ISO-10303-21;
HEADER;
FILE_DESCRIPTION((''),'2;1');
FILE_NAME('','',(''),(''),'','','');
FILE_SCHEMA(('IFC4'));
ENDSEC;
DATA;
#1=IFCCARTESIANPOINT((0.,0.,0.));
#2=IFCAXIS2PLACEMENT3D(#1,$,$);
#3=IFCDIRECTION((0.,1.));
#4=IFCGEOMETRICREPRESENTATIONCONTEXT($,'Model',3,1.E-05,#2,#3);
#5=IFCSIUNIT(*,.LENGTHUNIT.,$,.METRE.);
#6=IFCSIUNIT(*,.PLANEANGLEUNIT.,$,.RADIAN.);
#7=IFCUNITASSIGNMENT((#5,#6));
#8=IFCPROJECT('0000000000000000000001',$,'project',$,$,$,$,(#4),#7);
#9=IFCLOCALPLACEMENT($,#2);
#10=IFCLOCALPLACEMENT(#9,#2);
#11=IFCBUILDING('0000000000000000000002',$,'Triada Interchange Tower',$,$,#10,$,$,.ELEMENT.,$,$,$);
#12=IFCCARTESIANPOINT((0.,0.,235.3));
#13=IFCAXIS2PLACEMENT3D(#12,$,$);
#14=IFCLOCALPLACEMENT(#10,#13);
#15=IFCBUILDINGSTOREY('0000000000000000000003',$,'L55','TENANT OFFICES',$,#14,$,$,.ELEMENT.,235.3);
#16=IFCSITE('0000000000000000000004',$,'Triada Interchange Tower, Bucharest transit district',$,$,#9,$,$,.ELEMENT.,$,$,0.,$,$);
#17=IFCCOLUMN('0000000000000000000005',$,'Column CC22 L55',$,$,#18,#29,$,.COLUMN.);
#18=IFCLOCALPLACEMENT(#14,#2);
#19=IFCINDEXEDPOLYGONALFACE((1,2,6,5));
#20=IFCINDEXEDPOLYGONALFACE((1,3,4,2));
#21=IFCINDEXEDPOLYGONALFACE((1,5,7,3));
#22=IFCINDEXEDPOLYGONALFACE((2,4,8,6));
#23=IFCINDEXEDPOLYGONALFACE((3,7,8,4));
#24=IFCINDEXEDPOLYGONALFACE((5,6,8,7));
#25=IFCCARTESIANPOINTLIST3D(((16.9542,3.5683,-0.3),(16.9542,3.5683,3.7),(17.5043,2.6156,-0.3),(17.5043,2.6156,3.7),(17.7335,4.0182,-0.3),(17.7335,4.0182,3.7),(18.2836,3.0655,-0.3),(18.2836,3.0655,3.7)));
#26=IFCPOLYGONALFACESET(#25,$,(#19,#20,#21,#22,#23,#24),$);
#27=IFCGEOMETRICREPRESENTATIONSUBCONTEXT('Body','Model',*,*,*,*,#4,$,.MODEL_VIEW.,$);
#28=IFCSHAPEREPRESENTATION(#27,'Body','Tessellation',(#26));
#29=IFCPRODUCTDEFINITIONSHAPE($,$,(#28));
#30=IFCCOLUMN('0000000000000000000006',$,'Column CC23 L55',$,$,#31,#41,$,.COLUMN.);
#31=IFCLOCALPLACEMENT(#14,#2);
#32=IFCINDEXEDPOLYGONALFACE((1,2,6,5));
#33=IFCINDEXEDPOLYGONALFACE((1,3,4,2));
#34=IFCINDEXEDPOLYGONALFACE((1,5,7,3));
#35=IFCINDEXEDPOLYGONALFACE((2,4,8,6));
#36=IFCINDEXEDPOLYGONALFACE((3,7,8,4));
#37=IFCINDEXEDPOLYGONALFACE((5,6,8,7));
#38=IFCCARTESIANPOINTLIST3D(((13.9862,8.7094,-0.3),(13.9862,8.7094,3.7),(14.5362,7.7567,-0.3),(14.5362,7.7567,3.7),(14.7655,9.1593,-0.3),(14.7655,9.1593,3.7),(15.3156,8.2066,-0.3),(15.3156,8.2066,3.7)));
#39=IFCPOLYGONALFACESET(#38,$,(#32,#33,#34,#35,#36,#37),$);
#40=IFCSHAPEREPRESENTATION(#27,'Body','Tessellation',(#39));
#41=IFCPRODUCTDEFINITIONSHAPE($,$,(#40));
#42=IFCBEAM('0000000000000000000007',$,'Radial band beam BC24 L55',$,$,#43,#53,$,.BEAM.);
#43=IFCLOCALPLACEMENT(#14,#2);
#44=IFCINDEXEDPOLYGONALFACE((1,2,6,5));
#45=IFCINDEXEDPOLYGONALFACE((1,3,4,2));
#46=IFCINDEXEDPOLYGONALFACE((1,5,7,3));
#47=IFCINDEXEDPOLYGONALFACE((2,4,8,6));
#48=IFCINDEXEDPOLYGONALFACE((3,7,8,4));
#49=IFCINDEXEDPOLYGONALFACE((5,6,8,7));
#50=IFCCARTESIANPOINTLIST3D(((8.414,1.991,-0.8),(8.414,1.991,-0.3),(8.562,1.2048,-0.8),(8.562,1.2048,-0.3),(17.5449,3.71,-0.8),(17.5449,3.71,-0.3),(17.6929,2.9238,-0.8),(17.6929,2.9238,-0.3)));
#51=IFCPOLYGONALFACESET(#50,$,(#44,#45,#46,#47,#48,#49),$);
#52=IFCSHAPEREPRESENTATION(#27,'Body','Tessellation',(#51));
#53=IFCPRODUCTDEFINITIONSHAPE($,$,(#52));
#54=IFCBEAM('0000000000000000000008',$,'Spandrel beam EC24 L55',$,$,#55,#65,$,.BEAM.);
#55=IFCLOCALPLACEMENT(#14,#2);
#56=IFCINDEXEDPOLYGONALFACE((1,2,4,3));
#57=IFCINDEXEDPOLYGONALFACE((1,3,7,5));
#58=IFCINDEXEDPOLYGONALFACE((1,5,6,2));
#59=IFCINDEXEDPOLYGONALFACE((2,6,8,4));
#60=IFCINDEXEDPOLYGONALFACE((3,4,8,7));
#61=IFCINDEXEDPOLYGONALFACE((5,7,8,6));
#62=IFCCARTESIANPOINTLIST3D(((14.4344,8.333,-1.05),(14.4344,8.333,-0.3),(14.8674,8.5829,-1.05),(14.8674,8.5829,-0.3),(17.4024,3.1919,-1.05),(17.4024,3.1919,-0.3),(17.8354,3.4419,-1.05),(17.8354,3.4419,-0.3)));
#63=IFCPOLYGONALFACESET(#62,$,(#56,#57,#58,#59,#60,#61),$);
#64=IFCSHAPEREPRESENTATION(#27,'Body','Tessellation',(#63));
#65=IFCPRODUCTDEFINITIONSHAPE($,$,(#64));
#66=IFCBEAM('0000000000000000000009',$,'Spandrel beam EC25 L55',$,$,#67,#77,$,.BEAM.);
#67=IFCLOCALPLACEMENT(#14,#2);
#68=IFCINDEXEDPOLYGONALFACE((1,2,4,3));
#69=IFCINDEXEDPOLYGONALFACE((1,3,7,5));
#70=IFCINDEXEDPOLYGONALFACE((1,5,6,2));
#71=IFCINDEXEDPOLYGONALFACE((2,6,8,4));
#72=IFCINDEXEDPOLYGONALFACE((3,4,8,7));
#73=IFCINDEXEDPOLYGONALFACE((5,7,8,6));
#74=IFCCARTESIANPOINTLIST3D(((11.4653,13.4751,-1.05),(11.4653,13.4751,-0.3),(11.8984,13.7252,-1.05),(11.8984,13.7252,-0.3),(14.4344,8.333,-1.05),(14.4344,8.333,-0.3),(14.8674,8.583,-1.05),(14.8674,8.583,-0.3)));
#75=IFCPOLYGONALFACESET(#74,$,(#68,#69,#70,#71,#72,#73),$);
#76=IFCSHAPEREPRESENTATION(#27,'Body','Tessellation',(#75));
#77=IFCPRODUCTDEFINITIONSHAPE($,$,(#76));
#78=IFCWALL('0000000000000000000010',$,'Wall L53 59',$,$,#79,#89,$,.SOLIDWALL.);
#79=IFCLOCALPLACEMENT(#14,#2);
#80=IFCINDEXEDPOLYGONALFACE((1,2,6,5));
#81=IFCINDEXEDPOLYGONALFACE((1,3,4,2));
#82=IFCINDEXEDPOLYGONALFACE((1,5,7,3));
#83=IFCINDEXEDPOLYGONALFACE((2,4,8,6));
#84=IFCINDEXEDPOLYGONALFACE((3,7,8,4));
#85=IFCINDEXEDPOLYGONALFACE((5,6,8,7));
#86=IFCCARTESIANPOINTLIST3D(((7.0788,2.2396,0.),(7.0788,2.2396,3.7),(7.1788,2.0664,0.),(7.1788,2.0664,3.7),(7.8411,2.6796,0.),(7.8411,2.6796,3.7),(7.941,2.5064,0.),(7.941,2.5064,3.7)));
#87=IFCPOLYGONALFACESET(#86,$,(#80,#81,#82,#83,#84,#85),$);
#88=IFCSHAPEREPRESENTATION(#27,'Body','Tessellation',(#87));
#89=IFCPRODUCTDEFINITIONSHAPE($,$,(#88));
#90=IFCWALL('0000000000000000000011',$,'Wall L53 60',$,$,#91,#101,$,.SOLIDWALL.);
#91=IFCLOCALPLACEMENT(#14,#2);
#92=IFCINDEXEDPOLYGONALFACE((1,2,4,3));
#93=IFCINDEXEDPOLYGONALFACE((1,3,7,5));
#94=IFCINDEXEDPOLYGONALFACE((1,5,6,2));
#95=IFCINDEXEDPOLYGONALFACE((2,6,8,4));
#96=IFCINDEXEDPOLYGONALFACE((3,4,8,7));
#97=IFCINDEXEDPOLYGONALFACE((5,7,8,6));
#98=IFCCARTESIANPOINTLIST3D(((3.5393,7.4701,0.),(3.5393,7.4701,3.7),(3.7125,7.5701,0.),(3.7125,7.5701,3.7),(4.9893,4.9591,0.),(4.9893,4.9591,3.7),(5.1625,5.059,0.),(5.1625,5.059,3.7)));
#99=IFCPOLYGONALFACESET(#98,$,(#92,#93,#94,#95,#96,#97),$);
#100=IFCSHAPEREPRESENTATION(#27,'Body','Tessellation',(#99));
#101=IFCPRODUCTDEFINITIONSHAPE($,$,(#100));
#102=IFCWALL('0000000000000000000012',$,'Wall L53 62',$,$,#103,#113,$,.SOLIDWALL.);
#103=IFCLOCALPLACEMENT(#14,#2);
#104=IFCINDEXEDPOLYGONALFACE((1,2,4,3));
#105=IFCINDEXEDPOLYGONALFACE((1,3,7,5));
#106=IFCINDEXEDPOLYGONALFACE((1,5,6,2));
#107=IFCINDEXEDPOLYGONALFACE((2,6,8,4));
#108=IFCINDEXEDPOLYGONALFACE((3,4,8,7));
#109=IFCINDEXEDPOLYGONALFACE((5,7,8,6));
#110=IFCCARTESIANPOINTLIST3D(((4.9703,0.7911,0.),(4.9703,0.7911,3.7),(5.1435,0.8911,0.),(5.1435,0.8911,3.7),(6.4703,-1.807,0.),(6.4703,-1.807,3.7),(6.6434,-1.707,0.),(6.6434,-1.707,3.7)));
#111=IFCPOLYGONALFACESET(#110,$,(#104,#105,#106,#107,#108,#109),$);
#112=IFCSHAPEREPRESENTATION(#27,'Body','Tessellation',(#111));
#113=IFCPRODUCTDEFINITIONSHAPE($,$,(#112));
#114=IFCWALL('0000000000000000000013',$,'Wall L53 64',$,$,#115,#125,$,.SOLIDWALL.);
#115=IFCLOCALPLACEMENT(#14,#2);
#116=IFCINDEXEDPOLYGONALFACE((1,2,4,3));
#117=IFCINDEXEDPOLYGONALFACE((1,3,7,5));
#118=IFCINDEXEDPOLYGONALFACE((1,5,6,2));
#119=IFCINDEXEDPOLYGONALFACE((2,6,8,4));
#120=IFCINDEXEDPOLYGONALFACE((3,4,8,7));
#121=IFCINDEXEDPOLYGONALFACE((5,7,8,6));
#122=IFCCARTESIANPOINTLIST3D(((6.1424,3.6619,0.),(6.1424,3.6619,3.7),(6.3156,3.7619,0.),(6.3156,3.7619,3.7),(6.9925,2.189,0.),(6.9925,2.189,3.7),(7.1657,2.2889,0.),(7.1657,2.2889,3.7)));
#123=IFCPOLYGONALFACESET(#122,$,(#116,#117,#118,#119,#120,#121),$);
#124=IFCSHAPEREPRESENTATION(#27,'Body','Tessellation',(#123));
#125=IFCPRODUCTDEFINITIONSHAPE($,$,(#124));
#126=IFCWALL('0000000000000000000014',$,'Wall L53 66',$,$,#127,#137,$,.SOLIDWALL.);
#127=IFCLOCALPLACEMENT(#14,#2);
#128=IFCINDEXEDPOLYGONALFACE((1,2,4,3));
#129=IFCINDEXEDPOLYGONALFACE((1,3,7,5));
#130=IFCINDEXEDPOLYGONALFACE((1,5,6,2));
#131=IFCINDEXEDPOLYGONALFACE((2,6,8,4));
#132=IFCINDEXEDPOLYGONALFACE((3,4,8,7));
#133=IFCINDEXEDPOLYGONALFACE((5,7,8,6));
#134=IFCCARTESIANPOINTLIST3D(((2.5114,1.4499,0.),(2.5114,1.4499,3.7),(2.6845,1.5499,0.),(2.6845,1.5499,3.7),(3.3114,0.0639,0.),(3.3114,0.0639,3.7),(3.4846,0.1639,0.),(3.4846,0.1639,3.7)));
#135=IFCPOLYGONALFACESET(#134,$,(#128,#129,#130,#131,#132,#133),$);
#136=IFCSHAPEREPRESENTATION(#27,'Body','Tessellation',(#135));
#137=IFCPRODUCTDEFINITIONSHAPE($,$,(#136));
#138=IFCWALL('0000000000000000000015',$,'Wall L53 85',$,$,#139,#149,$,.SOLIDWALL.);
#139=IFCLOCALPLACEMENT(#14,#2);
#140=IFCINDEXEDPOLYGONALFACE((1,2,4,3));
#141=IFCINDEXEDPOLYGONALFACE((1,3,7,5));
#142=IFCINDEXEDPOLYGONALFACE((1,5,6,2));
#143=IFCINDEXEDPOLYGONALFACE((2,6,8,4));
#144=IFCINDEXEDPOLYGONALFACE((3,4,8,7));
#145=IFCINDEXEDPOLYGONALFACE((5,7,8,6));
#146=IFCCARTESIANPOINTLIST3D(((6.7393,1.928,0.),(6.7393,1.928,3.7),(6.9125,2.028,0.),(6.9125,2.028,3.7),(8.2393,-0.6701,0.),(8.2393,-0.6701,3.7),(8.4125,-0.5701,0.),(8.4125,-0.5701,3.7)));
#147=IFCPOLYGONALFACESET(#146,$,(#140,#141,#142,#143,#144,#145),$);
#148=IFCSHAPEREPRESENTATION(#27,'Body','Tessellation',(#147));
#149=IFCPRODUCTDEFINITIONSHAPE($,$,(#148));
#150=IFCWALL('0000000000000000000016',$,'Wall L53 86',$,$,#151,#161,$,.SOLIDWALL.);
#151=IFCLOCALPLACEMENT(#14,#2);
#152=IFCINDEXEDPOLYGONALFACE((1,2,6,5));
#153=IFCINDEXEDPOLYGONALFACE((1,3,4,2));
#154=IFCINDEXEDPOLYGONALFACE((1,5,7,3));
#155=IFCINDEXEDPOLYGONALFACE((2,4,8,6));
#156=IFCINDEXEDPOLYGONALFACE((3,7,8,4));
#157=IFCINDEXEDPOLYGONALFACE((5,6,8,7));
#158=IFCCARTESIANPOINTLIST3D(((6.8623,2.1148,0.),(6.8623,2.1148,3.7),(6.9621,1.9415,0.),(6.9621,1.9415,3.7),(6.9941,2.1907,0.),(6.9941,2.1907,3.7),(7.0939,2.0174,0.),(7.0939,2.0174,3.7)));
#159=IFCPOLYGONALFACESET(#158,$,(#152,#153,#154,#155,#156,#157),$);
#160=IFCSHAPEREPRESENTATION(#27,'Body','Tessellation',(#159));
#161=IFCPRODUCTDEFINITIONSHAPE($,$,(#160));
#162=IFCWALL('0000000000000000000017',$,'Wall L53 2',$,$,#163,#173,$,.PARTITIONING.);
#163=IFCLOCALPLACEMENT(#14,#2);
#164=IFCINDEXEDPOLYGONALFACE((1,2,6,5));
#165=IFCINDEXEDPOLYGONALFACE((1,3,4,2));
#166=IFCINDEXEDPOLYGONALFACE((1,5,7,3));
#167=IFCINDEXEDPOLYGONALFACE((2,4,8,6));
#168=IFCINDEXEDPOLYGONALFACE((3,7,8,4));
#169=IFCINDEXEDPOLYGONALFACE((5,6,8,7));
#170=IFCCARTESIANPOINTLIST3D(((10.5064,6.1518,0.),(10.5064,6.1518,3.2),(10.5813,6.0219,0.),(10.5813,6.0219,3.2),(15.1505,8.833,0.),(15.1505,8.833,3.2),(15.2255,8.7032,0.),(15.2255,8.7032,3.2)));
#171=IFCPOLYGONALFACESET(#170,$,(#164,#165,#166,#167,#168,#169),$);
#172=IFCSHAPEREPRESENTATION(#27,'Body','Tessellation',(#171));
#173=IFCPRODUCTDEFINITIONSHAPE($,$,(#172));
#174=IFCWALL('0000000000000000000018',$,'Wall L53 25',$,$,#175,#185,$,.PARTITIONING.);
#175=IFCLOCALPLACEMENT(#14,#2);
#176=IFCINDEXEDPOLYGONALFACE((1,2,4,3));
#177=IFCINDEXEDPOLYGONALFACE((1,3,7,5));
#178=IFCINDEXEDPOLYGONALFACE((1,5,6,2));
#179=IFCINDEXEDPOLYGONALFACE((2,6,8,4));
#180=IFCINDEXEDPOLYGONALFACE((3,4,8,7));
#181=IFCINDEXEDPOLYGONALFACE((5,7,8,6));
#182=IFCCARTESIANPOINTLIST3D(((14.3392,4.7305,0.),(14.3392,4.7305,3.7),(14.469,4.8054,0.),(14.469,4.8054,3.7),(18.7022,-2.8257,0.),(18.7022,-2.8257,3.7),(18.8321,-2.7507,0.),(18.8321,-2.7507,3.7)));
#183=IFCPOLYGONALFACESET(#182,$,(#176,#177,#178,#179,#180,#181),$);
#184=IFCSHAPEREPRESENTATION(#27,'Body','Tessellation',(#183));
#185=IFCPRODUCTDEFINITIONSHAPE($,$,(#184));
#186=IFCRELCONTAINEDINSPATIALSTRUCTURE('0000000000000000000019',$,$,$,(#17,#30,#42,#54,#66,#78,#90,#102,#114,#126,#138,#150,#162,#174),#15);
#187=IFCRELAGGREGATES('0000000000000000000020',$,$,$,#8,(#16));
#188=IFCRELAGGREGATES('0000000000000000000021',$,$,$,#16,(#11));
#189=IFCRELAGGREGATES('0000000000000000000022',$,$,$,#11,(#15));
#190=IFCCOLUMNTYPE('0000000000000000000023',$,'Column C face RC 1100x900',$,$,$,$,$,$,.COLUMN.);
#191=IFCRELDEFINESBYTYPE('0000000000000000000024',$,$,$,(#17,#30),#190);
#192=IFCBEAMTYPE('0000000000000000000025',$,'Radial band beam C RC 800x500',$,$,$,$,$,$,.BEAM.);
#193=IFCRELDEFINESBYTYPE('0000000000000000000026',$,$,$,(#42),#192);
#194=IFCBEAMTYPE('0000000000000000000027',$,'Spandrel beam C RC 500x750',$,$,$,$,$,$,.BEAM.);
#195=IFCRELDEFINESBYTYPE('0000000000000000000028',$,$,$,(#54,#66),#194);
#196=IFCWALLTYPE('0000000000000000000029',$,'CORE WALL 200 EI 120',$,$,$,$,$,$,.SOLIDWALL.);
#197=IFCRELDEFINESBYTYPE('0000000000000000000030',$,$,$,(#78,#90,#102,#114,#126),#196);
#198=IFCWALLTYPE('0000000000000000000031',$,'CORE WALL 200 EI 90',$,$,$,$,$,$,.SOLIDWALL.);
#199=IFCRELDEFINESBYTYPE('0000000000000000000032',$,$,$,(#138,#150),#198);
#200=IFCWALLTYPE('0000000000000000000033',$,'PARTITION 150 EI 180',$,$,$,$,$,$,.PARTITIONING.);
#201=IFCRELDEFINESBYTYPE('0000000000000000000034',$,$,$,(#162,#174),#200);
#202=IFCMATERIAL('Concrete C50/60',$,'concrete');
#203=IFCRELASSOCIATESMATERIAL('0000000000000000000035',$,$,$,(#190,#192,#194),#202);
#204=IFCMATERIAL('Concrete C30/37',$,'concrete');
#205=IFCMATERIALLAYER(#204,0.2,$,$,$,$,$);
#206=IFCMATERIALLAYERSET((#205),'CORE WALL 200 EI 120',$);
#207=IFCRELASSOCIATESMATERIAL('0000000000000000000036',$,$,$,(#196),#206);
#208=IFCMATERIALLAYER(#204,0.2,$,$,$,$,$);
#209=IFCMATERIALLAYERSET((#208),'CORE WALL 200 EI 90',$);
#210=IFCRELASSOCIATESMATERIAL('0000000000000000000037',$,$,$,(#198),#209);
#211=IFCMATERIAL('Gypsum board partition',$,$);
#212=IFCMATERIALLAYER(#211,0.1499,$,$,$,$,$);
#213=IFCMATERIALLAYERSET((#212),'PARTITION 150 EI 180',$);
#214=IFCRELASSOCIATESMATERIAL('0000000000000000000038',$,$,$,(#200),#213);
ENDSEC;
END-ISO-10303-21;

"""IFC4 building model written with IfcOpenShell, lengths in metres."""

from ifc_helpers import new_model, si_unit, direction, frame, frame_2d, origin, origin_2d, place, context, subcontext, project, spatial, rectangle, extrude, material, layer, layer_set, material_profile, profile_set, type_object, element, save


model = new_model("IFC4")

# Units and contexts
model_context = context("Model", 3, precision=1e-05, world=origin(), true_north=direction((0.0, 1.0)))
body_context = subcontext(model_context, "Body", "Model", "MODEL_VIEW")
ifc_project = project(units=[si_unit("LENGTHUNIT", "METRE"), si_unit("PLANEANGLEUNIT", "RADIAN")], contexts=[model_context])

# Site, building, storey
site_placement = place(None, origin())
site = spatial("IfcSite", under=ifc_project, at=site_placement, Name="Triada Interchange Tower, Bucharest transit district", CompositionType="ELEMENT", RefElevation=0.0)
building_placement = place(site_placement, origin())
building = spatial("IfcBuilding", under=site, at=building_placement, Name="Triada Interchange Tower", CompositionType="ELEMENT")
storey_placement = place(building_placement, frame((0.0, 0.0, 235.3)))
storey = spatial("IfcBuildingStorey", under=building, at=storey_placement, Name="L55", Description="TENANT OFFICES", CompositionType="ELEMENT", Elevation=235.3)

# Columns
ifc_material_1 = material(Name="Concrete C50/60", Category="concrete")
ifc_material_profile_1 = material_profile(ifc_material_1, rectangle(XDim=1.1001, YDim=0.8999, at=origin_2d()), Name="RC 1100x900")
ifc_profile_set_1 = profile_set([ifc_material_profile_1], Name="Concrete C50/60")
column_type = type_object("IfcColumnType", Name="Column C face RC 1100x900", PredefinedType="COLUMN", material=ifc_profile_set_1)
for number, where, z_axis, x_axis, name in (
    (1, (17.6189, 3.3169, -0.3), (0.0, 0.0, 1.0), (-0.5, 0.866025, 0.0), "Column CC22 L55"),
    (2, (14.6509, 8.458, -0.3), (0.0, 0.0, 1.0), (-0.5, 0.866025, 0.0), "Column CC23 L55"),
):
    element("IfcColumn", number, at=place(storey_placement, frame(where, z_axis=z_axis, x_axis=x_axis)), inside=storey, type_object=column_type, Name=name, PredefinedType="COLUMN", context=body_context, shape_type="SweptSolid", body=[
        extrude(rectangle(XDim=1.1001, YDim=0.8999, at=origin_2d()), origin(), (0.0, 0.0, 1.0), 4.0),
    ])

# Beams
ifc_material_profile_2 = material_profile(ifc_material_1, rectangle(XDim=0.8, YDim=0.5, at=origin_2d()), Name="RC 800x500")
ifc_profile_set_2 = profile_set([ifc_material_profile_2], Name="Concrete C50/60")
beam_type_1 = type_object("IfcBeamType", Name="Radial band beam C RC 800x500", PredefinedType="BEAM", material=ifc_profile_set_2)
beam_1_placement = place(storey_placement, frame((17.6189, 3.3169, -0.55), z_axis=(-0.982736, -0.185012, 0.0), x_axis=(0.185012, -0.982736, 0.0)))
element("IfcBeam", 3, at=beam_1_placement, inside=storey, type_object=beam_type_1, Name="Radial band beam BC24 L55", PredefinedType="BEAM", context=body_context, shape_type="SweptSolid", body=[
    extrude(rectangle(XDim=0.8, YDim=0.5, at=origin_2d()), origin(), (0.0, 0.0, 1.0), 9.2913),
])
ifc_material_profile_3 = material_profile(ifc_material_1, rectangle(XDim=0.5, YDim=0.75, at=origin_2d()), Name="RC 500x750")
ifc_profile_set_3 = profile_set([ifc_material_profile_3], Name="Concrete C50/60")
beam_type_2 = type_object("IfcBeamType", Name="Spandrel beam C RC 500x750", PredefinedType="BEAM", material=ifc_profile_set_3)
beam_2_placement = place(storey_placement, frame((17.6189, 3.3169, -0.675), z_axis=(-0.499974, 0.86604, 0.0), x_axis=(-0.86604, -0.499974, 0.0)))
element("IfcBeam", 4, at=beam_2_placement, inside=storey, type_object=beam_type_2, Name="Spandrel beam EC24 L55", PredefinedType="BEAM", context=body_context, shape_type="SweptSolid", body=[
    extrude(rectangle(XDim=0.5, YDim=0.75, at=origin_2d()), origin(), (0.0, 0.0, 1.0), 5.9363),
])
beam_3_placement = place(storey_placement, frame((14.6509, 8.458, -0.675), z_axis=(-0.500026, 0.86601, 0.0), x_axis=(-0.86601, -0.500026, 0.0)))
element("IfcBeam", 5, at=beam_3_placement, inside=storey, type_object=beam_type_2, Name="Spandrel beam EC25 L55", PredefinedType="BEAM", context=body_context, shape_type="SweptSolid", body=[
    extrude(rectangle(XDim=0.5, YDim=0.75, at=origin_2d()), origin(), (0.0, 0.0, 1.0), 5.9377),
])

# Walls
ifc_material_2 = material(Name="Concrete C30/37", Category="concrete")
ifc_layer_1 = layer(ifc_material_2, 0.2)
ifc_layer_set_1 = layer_set([ifc_layer_1], Name="CORE WALL 200 EI 120")
wall_type_1 = type_object("IfcWallType", Name="CORE WALL 200 EI 120", PredefinedType="SOLIDWALL", material=ifc_layer_set_1)
wall_1_placement = place(storey_placement, frame((7.1289, 2.1531, 0.0), z_axis=(0.0, 0.0, 1.0), x_axis=(0.866084, 0.499899, 0.0)))
element("IfcWall", 6, at=wall_1_placement, inside=storey, type_object=wall_type_1, Name="Wall L53 59", PredefinedType="SOLIDWALL", context=body_context, shape_type="SweptSolid", body=[
    extrude(rectangle(XDim=0.8801, YDim=0.2, at=frame_2d((0.4399, 0.0))), origin(), (0.0, 0.0, 1.0), 3.7),
])
wall_2_placement = place(storey_placement, frame((3.626, 7.52, 0.0), z_axis=(0.0, 0.0, 1.0), x_axis=(0.50006, -0.865991, 0.0)))
element("IfcWall", 7, at=wall_2_placement, inside=storey, type_object=wall_type_1, Name="Wall L53 60", PredefinedType="SOLIDWALL", context=body_context, shape_type="SweptSolid", body=[
    extrude(rectangle(XDim=2.8997, YDim=0.2, at=frame_2d((1.4497, 0.0))), origin(), (0.0, 0.0, 1.0), 3.7),
])
wall_3_placement = place(storey_placement, frame((5.0569, 0.8411, 0.0), z_axis=(0.0, 0.0, 1.0), x_axis=(0.49999, -0.866031, 0.0)))
element("IfcWall", 8, at=wall_3_placement, inside=storey, type_object=wall_type_1, Name="Wall L53 62", PredefinedType="SOLIDWALL", context=body_context, shape_type="SweptSolid", body=[
    extrude(rectangle(XDim=3.0, YDim=0.2, at=frame_2d((1.5, 0.0))), origin(), (0.0, 0.0, 1.0), 3.7),
])
wall_4_placement = place(storey_placement, frame((6.229, 3.7119, 0.0), z_axis=(0.0, 0.0, 1.0), x_axis=(0.499876, -0.866097, 0.0)))
element("IfcWall", 9, at=wall_4_placement, inside=storey, type_object=wall_type_1, Name="Wall L53 64", PredefinedType="SOLIDWALL", context=body_context, shape_type="SweptSolid", body=[
    extrude(rectangle(XDim=1.7007, YDim=0.2, at=frame_2d((0.8503, 0.0))), origin(), (0.0, 0.0, 1.0), 3.7),
])
wall_5_placement = place(storey_placement, frame((2.5979, 1.5, 0.0), z_axis=(0.0, 0.0, 1.0), x_axis=(0.499929, -0.866066, 0.0)))
element("IfcWall", 10, at=wall_5_placement, inside=storey, type_object=wall_type_1, Name="Wall L53 66", PredefinedType="SOLIDWALL", context=body_context, shape_type="SweptSolid", body=[
    extrude(rectangle(XDim=1.6003, YDim=0.2, at=frame_2d((0.8003, 0.0))), origin(), (0.0, 0.0, 1.0), 3.7),
])
ifc_layer_2 = layer(ifc_material_2, 0.2)
ifc_layer_set_2 = layer_set([ifc_layer_2], Name="CORE WALL 200 EI 90")
wall_type_2 = type_object("IfcWallType", Name="CORE WALL 200 EI 90", PredefinedType="SOLIDWALL", material=ifc_layer_set_2)
wall_6_placement = place(storey_placement, frame((6.8259, 1.978, 0.0), z_axis=(0.0, 0.0, 1.0), x_axis=(0.49999, -0.866031, 0.0)))
element("IfcWall", 11, at=wall_6_placement, inside=storey, type_object=wall_type_2, Name="Wall L53 85", PredefinedType="SOLIDWALL", context=body_context, shape_type="SweptSolid", body=[
    extrude(rectangle(XDim=3.0, YDim=0.2, at=frame_2d((1.5, 0.0))), origin(), (0.0, 0.0, 1.0), 3.7),
])
wall_7_placement = place(storey_placement, frame((6.9121, 2.0281, 0.0), z_axis=(0.0, 0.0, 1.0), x_axis=(0.866559, 0.499074, 0.0)))
element("IfcWall", 12, at=wall_7_placement, inside=storey, type_object=wall_type_2, Name="Wall L53 86", PredefinedType="SOLIDWALL", context=body_context, shape_type="SweptSolid", body=[
    extrude(rectangle(XDim=0.1521, YDim=0.2, at=frame_2d((0.0762, 0.0))), origin(), (0.0, 0.0, 1.0), 3.7),
])
ifc_material_3 = material(Name="Gypsum board partition")
ifc_layer_3 = layer(ifc_material_3, 0.1499)
ifc_layer_set_3 = layer_set([ifc_layer_3], Name="PARTITION 150 EI 180")
wall_type_3 = type_object("IfcWallType", Name="PARTITION 150 EI 180", PredefinedType="PARTITIONING", material=ifc_layer_set_3)
wall_8_placement = place(storey_placement, frame((10.5439, 6.0869, 0.0), z_axis=(0.0, 0.0, 1.0), x_axis=(0.866032, 0.499988, 0.0)))
element("IfcWall", 13, at=wall_8_placement, inside=storey, type_object=wall_type_3, Name="Wall L53 2", PredefinedType="PARTITIONING", context=body_context, shape_type="SweptSolid", body=[
    extrude(rectangle(XDim=5.3625, YDim=0.1499, at=frame_2d((2.6812, 0.0))), origin(), (0.0, 0.0, 1.0), 3.2),
])
wall_9_placement = place(storey_placement, frame((14.4041, 4.7681, 0.0), z_axis=(0.0, 0.0, 1.0), x_axis=(0.500042, -0.866001, 0.0)))
element("IfcWall", 14, at=wall_9_placement, inside=storey, type_object=wall_type_3, Name="Wall L53 25", PredefinedType="PARTITIONING", context=body_context, shape_type="SweptSolid", body=[
    extrude(rectangle(XDim=8.7253, YDim=0.1499, at=frame_2d((4.3628, 0.0))), origin(), (0.0, 0.0, 1.0), 3.7),
])

save(model, "model.ifc")
